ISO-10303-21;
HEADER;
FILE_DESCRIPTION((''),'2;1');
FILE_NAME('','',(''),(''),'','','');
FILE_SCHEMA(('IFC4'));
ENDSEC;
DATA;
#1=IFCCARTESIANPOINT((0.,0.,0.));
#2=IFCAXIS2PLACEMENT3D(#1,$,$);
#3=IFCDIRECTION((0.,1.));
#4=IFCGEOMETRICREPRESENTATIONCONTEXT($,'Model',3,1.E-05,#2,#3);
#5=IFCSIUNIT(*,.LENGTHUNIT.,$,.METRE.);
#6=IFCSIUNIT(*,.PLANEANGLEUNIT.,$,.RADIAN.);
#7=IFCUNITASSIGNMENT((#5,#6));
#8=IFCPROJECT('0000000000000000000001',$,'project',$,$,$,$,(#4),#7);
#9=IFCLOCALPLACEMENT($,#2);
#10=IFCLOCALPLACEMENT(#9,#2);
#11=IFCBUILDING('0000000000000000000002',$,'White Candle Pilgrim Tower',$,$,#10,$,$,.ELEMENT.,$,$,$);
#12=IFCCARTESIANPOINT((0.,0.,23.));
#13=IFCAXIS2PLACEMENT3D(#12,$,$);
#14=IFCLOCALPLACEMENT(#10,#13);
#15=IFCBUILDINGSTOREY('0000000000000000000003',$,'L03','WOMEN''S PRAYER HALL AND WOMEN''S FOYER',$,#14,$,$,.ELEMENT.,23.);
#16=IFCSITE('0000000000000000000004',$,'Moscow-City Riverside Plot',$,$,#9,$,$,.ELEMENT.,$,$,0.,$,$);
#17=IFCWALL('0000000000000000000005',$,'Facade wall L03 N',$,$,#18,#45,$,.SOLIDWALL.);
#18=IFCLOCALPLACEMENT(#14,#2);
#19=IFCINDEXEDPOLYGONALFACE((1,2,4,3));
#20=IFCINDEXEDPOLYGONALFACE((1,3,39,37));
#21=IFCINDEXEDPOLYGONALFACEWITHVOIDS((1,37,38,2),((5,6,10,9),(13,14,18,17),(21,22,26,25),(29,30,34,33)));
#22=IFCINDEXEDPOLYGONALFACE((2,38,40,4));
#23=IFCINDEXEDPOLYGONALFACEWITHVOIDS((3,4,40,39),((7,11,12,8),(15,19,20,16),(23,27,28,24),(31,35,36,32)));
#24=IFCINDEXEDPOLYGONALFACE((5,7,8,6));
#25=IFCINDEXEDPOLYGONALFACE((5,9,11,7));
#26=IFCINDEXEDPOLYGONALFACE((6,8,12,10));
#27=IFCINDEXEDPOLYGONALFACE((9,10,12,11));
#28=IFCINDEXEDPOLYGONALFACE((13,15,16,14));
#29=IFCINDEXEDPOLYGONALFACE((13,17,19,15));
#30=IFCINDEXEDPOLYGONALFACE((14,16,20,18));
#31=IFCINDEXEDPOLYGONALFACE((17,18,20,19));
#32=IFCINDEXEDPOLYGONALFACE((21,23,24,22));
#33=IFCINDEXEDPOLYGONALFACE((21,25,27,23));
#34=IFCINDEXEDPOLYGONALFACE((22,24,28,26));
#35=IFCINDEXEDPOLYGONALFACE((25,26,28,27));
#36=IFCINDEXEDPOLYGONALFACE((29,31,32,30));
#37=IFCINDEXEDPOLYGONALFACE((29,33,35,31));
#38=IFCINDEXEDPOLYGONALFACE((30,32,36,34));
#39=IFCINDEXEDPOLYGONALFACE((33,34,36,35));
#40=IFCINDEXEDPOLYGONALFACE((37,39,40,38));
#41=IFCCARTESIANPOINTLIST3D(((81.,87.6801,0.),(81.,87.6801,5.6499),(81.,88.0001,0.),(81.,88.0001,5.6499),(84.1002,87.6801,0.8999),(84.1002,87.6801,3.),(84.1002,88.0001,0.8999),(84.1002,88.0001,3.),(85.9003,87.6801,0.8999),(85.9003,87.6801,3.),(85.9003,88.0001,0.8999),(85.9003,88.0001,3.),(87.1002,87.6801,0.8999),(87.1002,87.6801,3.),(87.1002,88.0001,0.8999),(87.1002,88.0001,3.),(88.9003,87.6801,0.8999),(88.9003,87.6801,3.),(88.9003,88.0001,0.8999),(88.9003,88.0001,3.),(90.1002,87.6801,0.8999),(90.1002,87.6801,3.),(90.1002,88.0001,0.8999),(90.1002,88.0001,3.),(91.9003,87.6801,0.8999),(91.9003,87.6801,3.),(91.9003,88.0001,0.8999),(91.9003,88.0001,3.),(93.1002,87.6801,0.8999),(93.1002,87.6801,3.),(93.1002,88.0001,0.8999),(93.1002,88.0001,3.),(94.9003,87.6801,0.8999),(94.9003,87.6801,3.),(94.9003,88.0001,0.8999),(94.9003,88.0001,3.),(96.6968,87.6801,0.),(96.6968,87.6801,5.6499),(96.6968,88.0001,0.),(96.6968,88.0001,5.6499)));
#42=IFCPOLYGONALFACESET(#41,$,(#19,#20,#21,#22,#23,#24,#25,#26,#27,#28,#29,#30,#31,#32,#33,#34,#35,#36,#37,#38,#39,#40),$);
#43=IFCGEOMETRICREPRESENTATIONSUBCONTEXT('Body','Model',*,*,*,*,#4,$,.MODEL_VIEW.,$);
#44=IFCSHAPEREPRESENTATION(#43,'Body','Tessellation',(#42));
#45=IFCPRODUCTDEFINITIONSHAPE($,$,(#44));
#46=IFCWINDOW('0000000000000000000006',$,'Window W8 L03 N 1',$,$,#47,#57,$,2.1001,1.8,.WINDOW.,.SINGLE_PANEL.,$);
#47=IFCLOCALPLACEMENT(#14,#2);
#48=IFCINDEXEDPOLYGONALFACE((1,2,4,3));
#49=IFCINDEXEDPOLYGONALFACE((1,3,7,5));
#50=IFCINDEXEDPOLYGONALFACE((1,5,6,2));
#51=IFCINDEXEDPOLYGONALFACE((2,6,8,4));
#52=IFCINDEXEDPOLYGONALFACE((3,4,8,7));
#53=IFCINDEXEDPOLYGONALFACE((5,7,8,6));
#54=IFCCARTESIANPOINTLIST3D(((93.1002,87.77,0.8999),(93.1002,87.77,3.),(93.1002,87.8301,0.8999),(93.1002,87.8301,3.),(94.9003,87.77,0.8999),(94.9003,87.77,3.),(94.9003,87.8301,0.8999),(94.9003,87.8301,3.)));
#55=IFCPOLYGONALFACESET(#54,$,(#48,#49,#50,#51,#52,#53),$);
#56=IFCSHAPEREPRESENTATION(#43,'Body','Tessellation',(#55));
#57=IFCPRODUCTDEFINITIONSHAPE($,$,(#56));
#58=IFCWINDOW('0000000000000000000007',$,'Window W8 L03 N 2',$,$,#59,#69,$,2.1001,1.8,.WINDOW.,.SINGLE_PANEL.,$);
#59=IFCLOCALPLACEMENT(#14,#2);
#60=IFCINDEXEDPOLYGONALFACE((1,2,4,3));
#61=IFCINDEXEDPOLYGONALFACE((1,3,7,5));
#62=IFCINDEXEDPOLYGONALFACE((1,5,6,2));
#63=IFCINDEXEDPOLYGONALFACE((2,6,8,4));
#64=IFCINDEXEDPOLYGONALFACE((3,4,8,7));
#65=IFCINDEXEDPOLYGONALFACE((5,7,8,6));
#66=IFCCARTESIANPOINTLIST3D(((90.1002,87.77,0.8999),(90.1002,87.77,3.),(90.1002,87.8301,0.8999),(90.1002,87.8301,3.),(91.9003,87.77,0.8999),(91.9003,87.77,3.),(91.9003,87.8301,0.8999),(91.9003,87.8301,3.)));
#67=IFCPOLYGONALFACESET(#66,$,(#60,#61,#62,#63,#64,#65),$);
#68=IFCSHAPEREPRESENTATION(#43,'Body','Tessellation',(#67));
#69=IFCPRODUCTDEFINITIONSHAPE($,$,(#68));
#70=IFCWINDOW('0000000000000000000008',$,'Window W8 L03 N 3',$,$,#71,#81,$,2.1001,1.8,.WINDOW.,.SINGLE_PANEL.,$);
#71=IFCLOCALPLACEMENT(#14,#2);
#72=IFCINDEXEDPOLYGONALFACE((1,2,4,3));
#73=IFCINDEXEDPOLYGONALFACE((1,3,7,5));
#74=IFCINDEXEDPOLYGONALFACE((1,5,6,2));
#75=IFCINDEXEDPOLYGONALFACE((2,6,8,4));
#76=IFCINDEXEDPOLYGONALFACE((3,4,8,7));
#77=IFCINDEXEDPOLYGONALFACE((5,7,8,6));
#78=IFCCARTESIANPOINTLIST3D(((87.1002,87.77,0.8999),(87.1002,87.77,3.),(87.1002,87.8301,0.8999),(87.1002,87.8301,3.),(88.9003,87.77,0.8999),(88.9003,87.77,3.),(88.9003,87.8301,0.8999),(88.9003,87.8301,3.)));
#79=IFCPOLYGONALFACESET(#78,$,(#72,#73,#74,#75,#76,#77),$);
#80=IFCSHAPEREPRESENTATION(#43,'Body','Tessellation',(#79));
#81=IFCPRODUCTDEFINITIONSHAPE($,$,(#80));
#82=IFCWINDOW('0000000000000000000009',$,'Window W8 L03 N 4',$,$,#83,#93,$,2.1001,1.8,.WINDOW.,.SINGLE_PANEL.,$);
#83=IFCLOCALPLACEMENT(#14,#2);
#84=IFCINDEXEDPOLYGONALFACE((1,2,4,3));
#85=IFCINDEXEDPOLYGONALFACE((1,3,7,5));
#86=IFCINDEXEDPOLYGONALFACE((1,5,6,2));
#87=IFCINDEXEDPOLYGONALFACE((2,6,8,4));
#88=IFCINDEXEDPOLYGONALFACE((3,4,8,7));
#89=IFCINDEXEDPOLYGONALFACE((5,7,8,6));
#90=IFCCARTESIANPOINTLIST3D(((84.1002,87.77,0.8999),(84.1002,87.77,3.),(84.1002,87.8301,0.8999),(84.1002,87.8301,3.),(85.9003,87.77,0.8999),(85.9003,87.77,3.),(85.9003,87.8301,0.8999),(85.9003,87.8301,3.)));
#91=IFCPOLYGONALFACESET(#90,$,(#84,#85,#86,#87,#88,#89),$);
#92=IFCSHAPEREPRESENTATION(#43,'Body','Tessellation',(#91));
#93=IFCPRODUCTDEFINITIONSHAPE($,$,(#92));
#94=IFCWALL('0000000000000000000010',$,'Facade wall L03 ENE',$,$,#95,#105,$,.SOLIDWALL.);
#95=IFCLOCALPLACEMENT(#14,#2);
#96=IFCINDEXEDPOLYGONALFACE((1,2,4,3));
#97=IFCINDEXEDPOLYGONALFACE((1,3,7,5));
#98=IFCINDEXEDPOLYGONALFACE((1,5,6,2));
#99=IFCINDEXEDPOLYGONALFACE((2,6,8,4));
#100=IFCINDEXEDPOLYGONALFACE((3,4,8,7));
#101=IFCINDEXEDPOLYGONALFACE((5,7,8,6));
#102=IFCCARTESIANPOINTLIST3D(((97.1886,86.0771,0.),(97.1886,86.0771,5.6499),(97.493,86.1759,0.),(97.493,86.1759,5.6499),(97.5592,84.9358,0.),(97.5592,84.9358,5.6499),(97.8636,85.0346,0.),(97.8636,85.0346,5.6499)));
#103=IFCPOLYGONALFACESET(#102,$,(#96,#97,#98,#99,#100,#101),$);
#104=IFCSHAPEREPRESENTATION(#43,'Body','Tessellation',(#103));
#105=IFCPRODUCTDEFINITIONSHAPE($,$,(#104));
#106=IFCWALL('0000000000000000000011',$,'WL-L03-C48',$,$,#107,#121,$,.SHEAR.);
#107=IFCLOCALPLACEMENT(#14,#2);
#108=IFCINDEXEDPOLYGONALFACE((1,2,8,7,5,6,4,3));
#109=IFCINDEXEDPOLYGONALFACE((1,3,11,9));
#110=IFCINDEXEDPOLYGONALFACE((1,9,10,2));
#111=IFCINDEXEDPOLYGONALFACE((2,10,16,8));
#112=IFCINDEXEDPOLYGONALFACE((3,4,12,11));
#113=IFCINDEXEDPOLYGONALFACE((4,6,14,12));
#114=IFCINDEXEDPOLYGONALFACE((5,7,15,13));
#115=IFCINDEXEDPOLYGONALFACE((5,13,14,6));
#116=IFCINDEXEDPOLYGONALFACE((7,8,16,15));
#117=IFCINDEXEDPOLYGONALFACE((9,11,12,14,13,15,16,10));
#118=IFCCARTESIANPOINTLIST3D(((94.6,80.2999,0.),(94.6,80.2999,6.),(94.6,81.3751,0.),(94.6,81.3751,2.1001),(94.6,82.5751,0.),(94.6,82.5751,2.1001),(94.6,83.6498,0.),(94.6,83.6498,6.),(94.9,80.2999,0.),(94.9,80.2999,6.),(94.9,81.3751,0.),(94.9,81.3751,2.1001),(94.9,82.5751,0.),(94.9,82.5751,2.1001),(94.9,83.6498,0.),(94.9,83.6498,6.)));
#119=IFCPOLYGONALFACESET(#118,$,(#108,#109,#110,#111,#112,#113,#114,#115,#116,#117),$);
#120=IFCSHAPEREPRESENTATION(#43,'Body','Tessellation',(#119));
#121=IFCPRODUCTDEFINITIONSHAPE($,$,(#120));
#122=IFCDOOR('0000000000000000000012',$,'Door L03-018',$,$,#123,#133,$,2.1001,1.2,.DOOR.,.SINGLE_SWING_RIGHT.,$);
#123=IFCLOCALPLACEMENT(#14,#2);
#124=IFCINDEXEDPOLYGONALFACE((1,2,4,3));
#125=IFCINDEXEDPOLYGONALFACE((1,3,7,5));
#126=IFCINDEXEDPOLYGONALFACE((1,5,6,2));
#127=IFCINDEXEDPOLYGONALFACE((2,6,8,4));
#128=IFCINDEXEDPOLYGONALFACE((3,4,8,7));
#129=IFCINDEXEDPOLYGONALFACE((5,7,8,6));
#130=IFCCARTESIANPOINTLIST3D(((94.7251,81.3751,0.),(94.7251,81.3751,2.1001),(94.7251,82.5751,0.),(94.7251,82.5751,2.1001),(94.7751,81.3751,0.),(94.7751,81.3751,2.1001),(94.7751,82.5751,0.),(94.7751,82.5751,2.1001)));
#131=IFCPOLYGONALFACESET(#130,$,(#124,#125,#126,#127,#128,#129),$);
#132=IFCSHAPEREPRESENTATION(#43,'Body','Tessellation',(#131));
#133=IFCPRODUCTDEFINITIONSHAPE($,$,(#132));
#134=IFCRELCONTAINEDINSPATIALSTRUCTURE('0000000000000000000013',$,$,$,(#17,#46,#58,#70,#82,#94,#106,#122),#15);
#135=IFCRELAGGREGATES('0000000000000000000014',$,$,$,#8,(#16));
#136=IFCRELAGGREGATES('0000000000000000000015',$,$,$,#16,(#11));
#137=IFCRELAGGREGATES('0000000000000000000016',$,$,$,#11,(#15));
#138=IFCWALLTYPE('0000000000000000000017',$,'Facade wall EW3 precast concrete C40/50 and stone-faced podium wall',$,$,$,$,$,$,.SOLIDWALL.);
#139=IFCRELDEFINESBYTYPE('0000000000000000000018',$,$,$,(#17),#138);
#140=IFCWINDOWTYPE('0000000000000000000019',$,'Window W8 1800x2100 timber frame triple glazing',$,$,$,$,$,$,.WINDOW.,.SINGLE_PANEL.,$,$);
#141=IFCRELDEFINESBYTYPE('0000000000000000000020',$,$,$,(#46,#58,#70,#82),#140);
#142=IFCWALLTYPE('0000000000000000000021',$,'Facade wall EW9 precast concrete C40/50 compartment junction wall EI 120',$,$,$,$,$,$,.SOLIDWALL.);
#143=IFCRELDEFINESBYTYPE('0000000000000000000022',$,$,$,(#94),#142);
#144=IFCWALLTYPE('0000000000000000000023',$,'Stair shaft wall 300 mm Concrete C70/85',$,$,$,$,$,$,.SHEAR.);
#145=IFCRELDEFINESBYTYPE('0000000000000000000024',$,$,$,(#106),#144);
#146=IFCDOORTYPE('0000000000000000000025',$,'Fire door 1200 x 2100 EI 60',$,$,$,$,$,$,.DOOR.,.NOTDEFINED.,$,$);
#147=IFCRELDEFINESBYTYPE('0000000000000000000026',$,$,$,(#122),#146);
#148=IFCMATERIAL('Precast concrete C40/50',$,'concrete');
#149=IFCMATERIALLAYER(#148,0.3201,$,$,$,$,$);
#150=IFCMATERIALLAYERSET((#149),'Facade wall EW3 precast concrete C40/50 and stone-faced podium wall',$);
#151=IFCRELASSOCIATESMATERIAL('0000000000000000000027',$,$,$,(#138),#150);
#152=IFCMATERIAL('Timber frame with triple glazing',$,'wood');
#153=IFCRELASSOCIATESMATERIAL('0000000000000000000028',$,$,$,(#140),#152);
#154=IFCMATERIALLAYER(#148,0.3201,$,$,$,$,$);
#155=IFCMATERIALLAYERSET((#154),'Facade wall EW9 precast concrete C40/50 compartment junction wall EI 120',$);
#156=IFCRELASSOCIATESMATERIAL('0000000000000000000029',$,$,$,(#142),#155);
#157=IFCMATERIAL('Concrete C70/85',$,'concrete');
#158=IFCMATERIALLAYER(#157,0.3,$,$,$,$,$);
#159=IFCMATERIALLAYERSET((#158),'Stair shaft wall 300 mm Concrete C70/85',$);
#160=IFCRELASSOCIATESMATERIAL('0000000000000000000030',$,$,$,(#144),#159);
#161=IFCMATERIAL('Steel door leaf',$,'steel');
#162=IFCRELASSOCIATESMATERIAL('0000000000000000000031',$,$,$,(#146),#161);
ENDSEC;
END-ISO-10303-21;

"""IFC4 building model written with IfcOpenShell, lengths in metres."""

from ifc_helpers import new_model, si_unit, direction, frame, frame_2d, origin, place, context, subcontext, project, spatial, rectangle, extrude, material, layer, layer_set, type_object, element, fill, save


model = new_model("IFC4")

# Units and contexts
model_context = context("Model", 3, precision=1e-05, world=origin(), true_north=direction((0.0, 1.0)))
body_context = subcontext(model_context, "Body", "Model", "MODEL_VIEW")
ifc_project = project(units=[si_unit("LENGTHUNIT", "METRE"), si_unit("PLANEANGLEUNIT", "RADIAN")], contexts=[model_context])

# Site, building, storey
site_placement = place(None, origin())
site = spatial("IfcSite", under=ifc_project, at=site_placement, Name="Moscow-City Riverside Plot", CompositionType="ELEMENT", RefElevation=0.0)
building_placement = place(site_placement, origin())
building = spatial("IfcBuilding", under=site, at=building_placement, Name="White Candle Pilgrim Tower", CompositionType="ELEMENT")
storey_placement = place(building_placement, frame((0.0, 0.0, 23.0)))
storey = spatial("IfcBuildingStorey", under=building, at=storey_placement, Name="L03", Description="WOMEN'S PRAYER HALL AND WOMEN'S FOYER", CompositionType="ELEMENT", Elevation=23.0)

# Shared definitions
ifc_material_1 = material(Name="Concrete C70/85", Category="concrete")
ifc_material_2 = material(Name="Precast concrete C40/50", Category="concrete")
ifc_layer_1 = layer(ifc_material_2, 0.3201)
ifc_layer_set_1 = layer_set([ifc_layer_1], Name="Facade wall EW3 precast concrete C40/50 and stone-faced podium wall")
wall_type_1 = type_object("IfcWallType", Name="Facade wall EW3 precast concrete C40/50 and stone-faced podium wall", PredefinedType="SOLIDWALL", material=ifc_layer_set_1)

# Wall, openings, windows
wall_1_placement = place(storey_placement, frame((96.6968, 87.8401, 0.0), z_axis=(0.0, 0.0, 1.0), x_axis=(-1.0, 0.0, 0.0)))
wall_1 = element("IfcWall", 1, at=wall_1_placement, inside=storey, type_object=wall_type_1, Name="Facade wall L03 N", PredefinedType="SOLIDWALL", context=body_context, shape_type="SweptSolid", body=[
    extrude(rectangle(XDim=15.6968, YDim=0.3201, at=frame_2d((7.8484, 0.0))), origin(), (0.0, 0.0, 1.0), 5.6499),
])
opening_1_placement = place(wall_1_placement, frame((1.7966, 0.0, 0.8999)))
opening_1 = element("IfcOpeningElement", 2, at=opening_1_placement, cuts=wall_1, PredefinedType="OPENING", context=body_context, shape_type="SweptSolid", body=[
    extrude(rectangle(XDim=1.8, YDim=2.1001, at=frame_2d((0.8999, 1.05))), frame((0.0, 0.1699, 0.0), z_axis=(0.0, -1.0, 0.0), x_axis=(1.0, 0.0, 0.0)), (0.0, 0.0, 1.0), 0.3401),
])
opening_2_placement = place(wall_1_placement, frame((4.7966, 0.0, 0.8999)))
opening_2 = element("IfcOpeningElement", 3, at=opening_2_placement, cuts=wall_1, PredefinedType="OPENING", context=body_context, shape_type="SweptSolid", body=[
    extrude(rectangle(XDim=1.8, YDim=2.1001, at=frame_2d((0.8999, 1.05))), frame((0.0, 0.1699, 0.0), z_axis=(0.0, -1.0, 0.0), x_axis=(1.0, 0.0, 0.0)), (0.0, 0.0, 1.0), 0.3401),
])
opening_3_placement = place(wall_1_placement, frame((7.7966, 0.0, 0.8999)))
opening_3 = element("IfcOpeningElement", 4, at=opening_3_placement, cuts=wall_1, PredefinedType="OPENING", context=body_context, shape_type="SweptSolid", body=[
    extrude(rectangle(XDim=1.8, YDim=2.1001, at=frame_2d((0.8999, 1.05))), frame((0.0, 0.1699, 0.0), z_axis=(0.0, -1.0, 0.0), x_axis=(1.0, 0.0, 0.0)), (0.0, 0.0, 1.0), 0.3401),
])
opening_4_placement = place(wall_1_placement, frame((10.7966, 0.0, 0.8999)))
opening_4 = element("IfcOpeningElement", 5, at=opening_4_placement, cuts=wall_1, PredefinedType="OPENING", context=body_context, shape_type="SweptSolid", body=[
    extrude(rectangle(XDim=1.8, YDim=2.1001, at=frame_2d((0.8999, 1.05))), frame((0.0, 0.1699, 0.0), z_axis=(0.0, -1.0, 0.0), x_axis=(1.0, 0.0, 0.0)), (0.0, 0.0, 1.0), 0.3401),
])
ifc_material_3 = material(Name="Timber frame with triple glazing", Category="wood")
window_type = type_object("IfcWindowType", Name="Window W8 1800x2100 timber frame triple glazing", PartitioningType="SINGLE_PANEL", PredefinedType="WINDOW", material=ifc_material_3)
window_1_placement = place(opening_1_placement, origin())
window_1 = element("IfcWindow", 6, at=window_1_placement, inside=storey, type_object=window_type, Name="Window W8 L03 N 1", OverallHeight=2.1001, OverallWidth=1.8, PartitioningType="SINGLE_PANEL", PredefinedType="WINDOW", context=body_context, shape_type="SweptSolid", body=[
    extrude(rectangle(XDim=1.8, YDim=2.1001, at=frame_2d((0.8999, 1.05))), frame((0.0, 0.0701, 0.0), z_axis=(0.0, -1.0, 0.0), x_axis=(1.0, 0.0, 0.0)), (0.0, 0.0, 1.0), 0.0601),
])
fill(opening_1, window_1)
window_2_placement = place(opening_2_placement, origin())
window_2 = element("IfcWindow", 7, at=window_2_placement, inside=storey, type_object=window_type, Name="Window W8 L03 N 2", OverallHeight=2.1001, OverallWidth=1.8, PartitioningType="SINGLE_PANEL", PredefinedType="WINDOW", context=body_context, shape_type="SweptSolid", body=[
    extrude(rectangle(XDim=1.8, YDim=2.1001, at=frame_2d((0.8999, 1.05))), frame((0.0, 0.0701, 0.0), z_axis=(0.0, -1.0, 0.0), x_axis=(1.0, 0.0, 0.0)), (0.0, 0.0, 1.0), 0.0601),
])
fill(opening_2, window_2)
window_3_placement = place(opening_3_placement, origin())
window_3 = element("IfcWindow", 8, at=window_3_placement, inside=storey, type_object=window_type, Name="Window W8 L03 N 3", OverallHeight=2.1001, OverallWidth=1.8, PartitioningType="SINGLE_PANEL", PredefinedType="WINDOW", context=body_context, shape_type="SweptSolid", body=[
    extrude(rectangle(XDim=1.8, YDim=2.1001, at=frame_2d((0.8999, 1.05))), frame((0.0, 0.0701, 0.0), z_axis=(0.0, -1.0, 0.0), x_axis=(1.0, 0.0, 0.0)), (0.0, 0.0, 1.0), 0.0601),
])
fill(opening_3, window_3)
window_4_placement = place(opening_4_placement, origin())
window_4 = element("IfcWindow", 9, at=window_4_placement, inside=storey, type_object=window_type, Name="Window W8 L03 N 4", OverallHeight=2.1001, OverallWidth=1.8, PartitioningType="SINGLE_PANEL", PredefinedType="WINDOW", context=body_context, shape_type="SweptSolid", body=[
    extrude(rectangle(XDim=1.8, YDim=2.1001, at=frame_2d((0.8999, 1.05))), frame((0.0, 0.0701, 0.0), z_axis=(0.0, -1.0, 0.0), x_axis=(1.0, 0.0, 0.0)), (0.0, 0.0, 1.0), 0.0601),
])
fill(opening_4, window_4)

# Wall
ifc_layer_2 = layer(ifc_material_2, 0.3201)
ifc_layer_set_2 = layer_set([ifc_layer_2], Name="Facade wall EW9 precast concrete C40/50 compartment junction wall EI 120")
wall_type_2 = type_object("IfcWallType", Name="Facade wall EW9 precast concrete C40/50 compartment junction wall EI 120", PredefinedType="SOLIDWALL", material=ifc_layer_set_2)
wall_2_placement = place(storey_placement, frame((97.7114, 84.9851, 0.0), z_axis=(0.0, 0.0, 1.0), x_axis=(-0.308833, 0.951116, 0.0)))
element("IfcWall", 10, at=wall_2_placement, inside=storey, type_object=wall_type_2, Name="Facade wall L03 ENE", PredefinedType="SOLIDWALL", context=body_context, shape_type="SweptSolid", body=[
    extrude(rectangle(XDim=1.2, YDim=0.3201, at=frame_2d((0.6001, 0.0))), origin(), (0.0, 0.0, 1.0), 5.6499),
])

# Wall, opening, door
ifc_layer_3 = layer(ifc_material_1, 0.3)
ifc_layer_set_3 = layer_set([ifc_layer_3], Name="Stair shaft wall 300 mm Concrete C70/85")
wall_type_3 = type_object("IfcWallType", Name="Stair shaft wall 300 mm Concrete C70/85", PredefinedType="SHEAR", material=ifc_layer_set_3)
wall_3_placement = place(storey_placement, frame((94.75, 80.3, 0.0), z_axis=(0.0, 0.0, 1.0), x_axis=(0.0, 1.0, 0.0)))
wall_3 = element("IfcWall", 11, at=wall_3_placement, inside=storey, type_object=wall_type_3, Name="WL-L03-C48", PredefinedType="SHEAR", context=body_context, shape_type="SweptSolid", body=[
    extrude(rectangle(XDim=3.3499, YDim=0.3, at=frame_2d((1.6748, 0.0))), origin(), (0.0, 0.0, 1.0), 6.0),
])
opening_5_placement = place(wall_3_placement, frame((1.075, 0.0, 0.0)))
opening_5 = element("IfcOpeningElement", 12, at=opening_5_placement, cuts=wall_3, PredefinedType="OPENING", context=body_context, shape_type="SweptSolid", body=[
    extrude(rectangle(XDim=1.2, YDim=2.1001, at=frame_2d((0.6001, 1.05))), frame((0.0, 0.1599, 0.0), z_axis=(0.0, -1.0, 0.0), x_axis=(1.0, 0.0, 0.0)), (0.0, 0.0, 1.0), 0.3201),
])
ifc_material_4 = material(Name="Steel door leaf", Category="steel")
door_type = type_object("IfcDoorType", Name="Fire door 1200 x 2100 EI 60", OperationType="NOTDEFINED", PredefinedType="DOOR", material=ifc_material_4)
door_placement = place(opening_5_placement, origin())
door = element("IfcDoor", 13, at=door_placement, inside=storey, type_object=door_type, Name="Door L03-018", OperationType="SINGLE_SWING_RIGHT", OverallHeight=2.1001, OverallWidth=1.2, PredefinedType="DOOR", context=body_context, shape_type="SweptSolid", body=[
    extrude(rectangle(XDim=1.2, YDim=2.1001, at=frame_2d((0.6001, 1.05))), frame((0.0, 0.0249, 0.0), z_axis=(0.0, -1.0, 0.0), x_axis=(1.0, 0.0, 0.0)), (0.0, 0.0, 1.0), 0.05),
])
fill(opening_5, door)

save(model, "model.ifc")
